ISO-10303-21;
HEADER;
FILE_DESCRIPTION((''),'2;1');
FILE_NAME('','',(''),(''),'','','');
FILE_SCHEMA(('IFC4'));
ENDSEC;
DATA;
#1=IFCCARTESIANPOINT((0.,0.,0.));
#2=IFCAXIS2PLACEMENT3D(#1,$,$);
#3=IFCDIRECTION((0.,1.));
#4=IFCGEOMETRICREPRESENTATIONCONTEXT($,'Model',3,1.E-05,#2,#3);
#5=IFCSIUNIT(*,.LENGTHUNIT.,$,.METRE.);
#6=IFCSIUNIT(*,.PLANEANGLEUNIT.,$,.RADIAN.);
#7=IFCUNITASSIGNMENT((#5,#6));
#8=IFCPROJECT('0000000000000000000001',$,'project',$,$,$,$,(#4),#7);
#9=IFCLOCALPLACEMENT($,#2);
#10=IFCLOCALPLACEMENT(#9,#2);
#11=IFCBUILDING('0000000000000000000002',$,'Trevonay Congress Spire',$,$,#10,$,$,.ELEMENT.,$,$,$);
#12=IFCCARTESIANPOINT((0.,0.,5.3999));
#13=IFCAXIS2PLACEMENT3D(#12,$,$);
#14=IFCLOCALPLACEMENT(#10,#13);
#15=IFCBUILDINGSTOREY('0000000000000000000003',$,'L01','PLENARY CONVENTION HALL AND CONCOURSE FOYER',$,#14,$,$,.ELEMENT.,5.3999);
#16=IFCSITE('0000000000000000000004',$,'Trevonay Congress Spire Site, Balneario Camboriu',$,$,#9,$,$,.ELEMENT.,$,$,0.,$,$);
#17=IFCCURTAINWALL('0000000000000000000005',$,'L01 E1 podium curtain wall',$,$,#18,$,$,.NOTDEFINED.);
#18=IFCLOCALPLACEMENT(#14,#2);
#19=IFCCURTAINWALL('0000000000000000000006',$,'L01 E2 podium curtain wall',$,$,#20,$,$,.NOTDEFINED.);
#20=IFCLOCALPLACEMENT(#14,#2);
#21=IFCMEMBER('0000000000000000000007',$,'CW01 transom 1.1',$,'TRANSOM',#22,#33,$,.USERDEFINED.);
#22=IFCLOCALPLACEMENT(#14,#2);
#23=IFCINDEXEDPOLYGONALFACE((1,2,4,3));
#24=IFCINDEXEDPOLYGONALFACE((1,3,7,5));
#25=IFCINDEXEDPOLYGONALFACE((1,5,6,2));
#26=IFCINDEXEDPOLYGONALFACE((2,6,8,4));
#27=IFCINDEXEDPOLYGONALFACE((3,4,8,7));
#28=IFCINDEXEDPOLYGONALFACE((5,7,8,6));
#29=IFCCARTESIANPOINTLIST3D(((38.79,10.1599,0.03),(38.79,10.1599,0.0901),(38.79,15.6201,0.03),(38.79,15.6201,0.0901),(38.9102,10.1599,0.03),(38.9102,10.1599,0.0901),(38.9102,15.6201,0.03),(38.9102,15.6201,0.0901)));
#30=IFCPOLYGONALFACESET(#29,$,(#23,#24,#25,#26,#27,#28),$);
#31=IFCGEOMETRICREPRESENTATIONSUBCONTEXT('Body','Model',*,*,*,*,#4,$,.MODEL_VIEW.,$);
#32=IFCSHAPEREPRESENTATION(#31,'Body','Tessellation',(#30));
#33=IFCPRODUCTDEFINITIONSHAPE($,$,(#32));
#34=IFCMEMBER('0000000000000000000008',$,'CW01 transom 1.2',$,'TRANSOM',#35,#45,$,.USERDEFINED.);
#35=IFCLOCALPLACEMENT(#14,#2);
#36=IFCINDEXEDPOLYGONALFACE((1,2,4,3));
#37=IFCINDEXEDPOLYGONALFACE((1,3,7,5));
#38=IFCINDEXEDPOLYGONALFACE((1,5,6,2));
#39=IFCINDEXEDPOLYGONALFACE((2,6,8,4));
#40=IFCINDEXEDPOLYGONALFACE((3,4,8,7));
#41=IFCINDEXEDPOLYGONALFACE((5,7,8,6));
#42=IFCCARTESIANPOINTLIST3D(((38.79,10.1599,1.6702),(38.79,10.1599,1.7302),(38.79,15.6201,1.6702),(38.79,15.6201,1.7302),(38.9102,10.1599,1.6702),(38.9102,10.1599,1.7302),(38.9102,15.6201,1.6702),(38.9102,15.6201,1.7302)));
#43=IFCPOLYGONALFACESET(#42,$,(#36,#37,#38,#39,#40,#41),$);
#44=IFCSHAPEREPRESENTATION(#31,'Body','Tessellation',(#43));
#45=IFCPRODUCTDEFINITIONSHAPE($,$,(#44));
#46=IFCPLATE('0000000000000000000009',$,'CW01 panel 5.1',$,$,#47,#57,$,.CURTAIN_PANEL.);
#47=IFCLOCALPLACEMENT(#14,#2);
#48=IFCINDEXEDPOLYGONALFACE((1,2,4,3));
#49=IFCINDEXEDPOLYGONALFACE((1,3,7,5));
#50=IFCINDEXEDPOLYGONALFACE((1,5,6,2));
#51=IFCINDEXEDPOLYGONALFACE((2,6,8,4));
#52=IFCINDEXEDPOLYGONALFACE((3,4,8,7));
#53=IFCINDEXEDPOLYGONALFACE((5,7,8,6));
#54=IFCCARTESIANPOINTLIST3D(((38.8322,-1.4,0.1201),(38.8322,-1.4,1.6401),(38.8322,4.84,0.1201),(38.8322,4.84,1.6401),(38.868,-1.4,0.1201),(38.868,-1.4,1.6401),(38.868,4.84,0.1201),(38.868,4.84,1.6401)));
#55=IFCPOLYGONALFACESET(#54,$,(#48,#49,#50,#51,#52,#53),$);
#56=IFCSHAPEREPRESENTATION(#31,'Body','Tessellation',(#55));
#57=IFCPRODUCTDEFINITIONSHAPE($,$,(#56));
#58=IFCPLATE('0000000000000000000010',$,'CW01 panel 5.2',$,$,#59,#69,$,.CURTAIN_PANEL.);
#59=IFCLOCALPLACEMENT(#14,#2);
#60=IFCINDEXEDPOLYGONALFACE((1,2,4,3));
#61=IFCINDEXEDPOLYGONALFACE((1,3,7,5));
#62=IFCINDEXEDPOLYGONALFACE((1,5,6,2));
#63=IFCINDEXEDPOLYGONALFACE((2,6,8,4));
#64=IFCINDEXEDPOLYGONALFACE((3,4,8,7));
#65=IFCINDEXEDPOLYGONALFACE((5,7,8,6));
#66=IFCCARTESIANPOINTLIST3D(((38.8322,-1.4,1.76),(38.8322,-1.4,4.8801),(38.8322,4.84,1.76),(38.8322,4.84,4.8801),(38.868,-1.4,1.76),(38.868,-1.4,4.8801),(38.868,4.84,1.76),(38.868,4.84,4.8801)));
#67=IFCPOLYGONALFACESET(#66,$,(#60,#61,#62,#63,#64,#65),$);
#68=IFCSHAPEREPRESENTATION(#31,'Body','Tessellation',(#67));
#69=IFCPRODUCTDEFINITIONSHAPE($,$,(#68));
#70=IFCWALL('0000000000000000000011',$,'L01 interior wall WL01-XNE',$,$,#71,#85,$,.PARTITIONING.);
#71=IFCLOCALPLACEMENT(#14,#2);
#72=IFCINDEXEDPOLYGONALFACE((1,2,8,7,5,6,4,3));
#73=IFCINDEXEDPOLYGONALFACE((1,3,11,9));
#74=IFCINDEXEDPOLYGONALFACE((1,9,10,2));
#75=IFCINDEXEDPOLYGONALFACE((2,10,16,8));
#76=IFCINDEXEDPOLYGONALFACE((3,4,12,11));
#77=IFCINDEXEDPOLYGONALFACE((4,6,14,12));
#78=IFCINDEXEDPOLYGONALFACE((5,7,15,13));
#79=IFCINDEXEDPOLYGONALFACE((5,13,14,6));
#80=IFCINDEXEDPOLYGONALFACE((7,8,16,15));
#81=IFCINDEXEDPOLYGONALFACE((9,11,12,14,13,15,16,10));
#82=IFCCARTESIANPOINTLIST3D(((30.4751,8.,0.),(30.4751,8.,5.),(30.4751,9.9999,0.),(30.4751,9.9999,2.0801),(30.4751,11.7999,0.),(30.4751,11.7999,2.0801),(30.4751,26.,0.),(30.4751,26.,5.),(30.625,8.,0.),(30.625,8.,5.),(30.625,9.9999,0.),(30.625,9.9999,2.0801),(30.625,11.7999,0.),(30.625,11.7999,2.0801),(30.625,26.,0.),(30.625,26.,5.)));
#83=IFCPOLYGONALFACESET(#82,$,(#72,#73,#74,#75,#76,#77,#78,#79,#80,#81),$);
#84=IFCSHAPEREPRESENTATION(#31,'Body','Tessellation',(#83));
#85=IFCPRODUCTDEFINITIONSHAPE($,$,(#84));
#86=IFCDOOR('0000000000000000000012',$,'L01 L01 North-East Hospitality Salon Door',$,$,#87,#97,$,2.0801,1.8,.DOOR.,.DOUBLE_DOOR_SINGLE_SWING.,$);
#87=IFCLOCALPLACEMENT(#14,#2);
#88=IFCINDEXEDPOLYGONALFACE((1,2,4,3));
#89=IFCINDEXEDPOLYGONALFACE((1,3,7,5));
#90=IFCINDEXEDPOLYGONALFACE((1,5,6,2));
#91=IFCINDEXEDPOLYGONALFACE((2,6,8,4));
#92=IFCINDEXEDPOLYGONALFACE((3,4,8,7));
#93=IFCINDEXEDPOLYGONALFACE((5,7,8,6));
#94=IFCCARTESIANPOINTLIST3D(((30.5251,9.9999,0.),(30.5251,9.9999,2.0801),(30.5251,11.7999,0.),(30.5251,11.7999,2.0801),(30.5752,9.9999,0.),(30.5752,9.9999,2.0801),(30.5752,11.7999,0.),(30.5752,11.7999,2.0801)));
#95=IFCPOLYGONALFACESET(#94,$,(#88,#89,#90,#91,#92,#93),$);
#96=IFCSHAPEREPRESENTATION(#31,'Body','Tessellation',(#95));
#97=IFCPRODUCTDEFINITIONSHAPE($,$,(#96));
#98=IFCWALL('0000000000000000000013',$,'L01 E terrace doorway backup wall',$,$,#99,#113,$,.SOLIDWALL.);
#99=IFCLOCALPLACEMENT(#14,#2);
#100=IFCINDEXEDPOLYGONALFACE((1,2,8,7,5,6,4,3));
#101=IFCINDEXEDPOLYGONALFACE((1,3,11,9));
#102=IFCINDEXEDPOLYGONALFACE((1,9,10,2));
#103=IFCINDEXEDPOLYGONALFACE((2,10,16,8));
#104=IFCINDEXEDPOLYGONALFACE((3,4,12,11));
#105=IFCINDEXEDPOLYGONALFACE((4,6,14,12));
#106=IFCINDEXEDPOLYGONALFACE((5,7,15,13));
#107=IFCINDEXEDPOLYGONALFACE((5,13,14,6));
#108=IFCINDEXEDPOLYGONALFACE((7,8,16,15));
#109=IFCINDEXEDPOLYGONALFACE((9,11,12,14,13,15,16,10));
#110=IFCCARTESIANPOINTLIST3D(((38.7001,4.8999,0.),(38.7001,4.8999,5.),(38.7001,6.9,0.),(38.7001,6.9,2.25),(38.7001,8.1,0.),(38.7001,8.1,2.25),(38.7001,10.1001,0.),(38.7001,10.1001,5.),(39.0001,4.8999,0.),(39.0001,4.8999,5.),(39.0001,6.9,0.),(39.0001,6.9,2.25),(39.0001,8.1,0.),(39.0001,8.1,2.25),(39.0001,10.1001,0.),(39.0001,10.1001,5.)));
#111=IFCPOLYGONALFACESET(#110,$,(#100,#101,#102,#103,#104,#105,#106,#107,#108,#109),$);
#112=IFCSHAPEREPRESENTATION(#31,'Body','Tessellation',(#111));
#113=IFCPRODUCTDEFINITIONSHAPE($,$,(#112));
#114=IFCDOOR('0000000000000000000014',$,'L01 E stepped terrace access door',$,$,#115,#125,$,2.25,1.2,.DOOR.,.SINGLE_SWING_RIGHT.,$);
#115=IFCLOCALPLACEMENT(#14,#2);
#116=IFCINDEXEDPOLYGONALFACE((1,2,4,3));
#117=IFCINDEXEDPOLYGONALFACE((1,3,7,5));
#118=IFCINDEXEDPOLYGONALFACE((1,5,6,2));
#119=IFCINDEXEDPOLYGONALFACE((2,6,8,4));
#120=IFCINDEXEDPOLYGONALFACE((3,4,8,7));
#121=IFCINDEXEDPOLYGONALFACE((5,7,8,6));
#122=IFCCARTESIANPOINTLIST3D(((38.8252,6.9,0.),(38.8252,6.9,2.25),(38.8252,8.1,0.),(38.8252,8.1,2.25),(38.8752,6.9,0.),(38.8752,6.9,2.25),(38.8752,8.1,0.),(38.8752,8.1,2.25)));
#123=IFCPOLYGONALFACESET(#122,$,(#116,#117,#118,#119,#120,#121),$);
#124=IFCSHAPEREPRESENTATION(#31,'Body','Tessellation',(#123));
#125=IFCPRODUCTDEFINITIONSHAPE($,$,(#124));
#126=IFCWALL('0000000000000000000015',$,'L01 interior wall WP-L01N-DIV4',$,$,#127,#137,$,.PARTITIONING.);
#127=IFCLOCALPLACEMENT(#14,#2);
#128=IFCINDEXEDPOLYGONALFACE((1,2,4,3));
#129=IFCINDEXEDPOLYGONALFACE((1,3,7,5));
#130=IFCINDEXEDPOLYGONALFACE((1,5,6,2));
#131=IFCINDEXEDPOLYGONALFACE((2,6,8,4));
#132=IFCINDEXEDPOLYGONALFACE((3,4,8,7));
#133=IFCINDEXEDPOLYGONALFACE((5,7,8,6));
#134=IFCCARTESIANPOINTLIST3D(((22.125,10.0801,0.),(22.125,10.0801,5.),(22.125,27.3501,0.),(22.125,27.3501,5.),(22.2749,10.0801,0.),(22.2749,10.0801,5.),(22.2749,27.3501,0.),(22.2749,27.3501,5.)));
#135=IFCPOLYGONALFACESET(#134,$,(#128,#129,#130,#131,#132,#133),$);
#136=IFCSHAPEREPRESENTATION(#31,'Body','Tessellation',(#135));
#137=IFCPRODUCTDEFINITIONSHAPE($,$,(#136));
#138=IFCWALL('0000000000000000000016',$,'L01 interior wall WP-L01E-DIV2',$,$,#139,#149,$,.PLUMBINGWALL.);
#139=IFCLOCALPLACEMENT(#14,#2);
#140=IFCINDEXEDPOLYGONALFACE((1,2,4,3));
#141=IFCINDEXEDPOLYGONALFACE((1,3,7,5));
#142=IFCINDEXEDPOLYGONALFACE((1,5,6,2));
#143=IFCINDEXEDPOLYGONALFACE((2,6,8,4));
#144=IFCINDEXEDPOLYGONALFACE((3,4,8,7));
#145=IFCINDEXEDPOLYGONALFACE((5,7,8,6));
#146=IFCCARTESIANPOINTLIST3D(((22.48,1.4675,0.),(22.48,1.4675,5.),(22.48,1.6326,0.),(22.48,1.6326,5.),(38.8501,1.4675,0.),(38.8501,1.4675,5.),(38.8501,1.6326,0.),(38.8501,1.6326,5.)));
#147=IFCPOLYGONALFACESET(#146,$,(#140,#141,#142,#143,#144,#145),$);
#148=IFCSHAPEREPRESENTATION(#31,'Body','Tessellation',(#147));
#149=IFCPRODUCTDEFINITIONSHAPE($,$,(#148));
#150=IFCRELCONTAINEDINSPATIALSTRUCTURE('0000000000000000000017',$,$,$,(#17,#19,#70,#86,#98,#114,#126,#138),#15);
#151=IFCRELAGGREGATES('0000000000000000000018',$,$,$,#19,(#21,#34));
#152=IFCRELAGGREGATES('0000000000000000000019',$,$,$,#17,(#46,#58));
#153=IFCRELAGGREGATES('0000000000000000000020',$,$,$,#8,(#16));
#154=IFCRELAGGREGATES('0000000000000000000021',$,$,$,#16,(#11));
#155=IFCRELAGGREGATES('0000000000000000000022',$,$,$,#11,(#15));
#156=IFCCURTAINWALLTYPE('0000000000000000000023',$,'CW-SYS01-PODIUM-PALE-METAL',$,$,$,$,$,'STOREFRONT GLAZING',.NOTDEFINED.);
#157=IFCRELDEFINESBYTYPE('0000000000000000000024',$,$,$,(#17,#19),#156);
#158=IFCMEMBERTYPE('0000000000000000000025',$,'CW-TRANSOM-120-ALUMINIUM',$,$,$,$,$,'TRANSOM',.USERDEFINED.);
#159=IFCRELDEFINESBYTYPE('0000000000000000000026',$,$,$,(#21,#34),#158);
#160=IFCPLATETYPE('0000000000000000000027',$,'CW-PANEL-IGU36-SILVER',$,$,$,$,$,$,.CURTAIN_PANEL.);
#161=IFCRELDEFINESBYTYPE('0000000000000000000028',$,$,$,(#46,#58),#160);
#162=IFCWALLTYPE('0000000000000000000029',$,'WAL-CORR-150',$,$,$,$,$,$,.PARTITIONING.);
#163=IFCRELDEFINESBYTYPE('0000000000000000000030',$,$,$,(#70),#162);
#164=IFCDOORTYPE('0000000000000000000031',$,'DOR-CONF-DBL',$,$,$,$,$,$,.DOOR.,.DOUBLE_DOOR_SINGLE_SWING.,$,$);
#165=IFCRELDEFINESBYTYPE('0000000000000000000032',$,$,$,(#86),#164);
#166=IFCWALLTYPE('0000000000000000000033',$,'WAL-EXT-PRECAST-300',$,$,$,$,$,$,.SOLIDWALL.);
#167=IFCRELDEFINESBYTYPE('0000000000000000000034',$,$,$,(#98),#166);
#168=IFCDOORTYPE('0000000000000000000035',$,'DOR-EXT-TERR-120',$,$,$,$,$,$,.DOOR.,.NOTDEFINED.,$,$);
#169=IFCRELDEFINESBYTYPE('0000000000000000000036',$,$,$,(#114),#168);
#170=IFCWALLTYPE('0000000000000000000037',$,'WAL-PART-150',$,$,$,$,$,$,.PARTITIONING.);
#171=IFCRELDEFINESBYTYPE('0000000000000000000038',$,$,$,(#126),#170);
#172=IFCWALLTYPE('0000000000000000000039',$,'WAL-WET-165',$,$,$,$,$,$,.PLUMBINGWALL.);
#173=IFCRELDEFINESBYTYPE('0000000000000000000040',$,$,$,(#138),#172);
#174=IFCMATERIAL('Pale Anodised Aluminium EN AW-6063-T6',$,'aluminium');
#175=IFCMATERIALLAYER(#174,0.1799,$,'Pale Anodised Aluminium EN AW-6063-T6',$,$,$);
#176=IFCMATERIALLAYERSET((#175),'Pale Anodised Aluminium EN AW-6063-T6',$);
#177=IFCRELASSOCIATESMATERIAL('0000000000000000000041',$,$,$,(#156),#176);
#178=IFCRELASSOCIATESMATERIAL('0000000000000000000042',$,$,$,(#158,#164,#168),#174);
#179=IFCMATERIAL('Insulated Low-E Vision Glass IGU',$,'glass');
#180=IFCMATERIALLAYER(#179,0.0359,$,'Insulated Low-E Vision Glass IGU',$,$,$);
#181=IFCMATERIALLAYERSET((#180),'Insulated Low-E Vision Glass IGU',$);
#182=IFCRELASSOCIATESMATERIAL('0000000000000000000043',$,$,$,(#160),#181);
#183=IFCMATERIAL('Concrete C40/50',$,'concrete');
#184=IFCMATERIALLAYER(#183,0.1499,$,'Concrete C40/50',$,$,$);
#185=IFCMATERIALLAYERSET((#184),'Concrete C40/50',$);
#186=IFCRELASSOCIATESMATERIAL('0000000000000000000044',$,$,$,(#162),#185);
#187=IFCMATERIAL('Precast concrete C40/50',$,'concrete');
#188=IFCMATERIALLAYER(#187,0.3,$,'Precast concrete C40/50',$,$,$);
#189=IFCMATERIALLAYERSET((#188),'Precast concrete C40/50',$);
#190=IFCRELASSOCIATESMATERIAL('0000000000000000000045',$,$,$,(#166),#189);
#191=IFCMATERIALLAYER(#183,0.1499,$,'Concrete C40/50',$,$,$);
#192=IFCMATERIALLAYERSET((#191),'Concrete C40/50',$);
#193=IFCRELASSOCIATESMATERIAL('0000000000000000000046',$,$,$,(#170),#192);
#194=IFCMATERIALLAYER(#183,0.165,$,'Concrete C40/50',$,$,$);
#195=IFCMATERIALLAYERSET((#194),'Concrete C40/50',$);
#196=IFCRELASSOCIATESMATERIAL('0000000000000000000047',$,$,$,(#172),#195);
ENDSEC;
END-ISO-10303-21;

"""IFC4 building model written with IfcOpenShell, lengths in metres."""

from ifc_helpers import new_model, si_unit, direction, frame, frame_2d, origin, origin_2d, place, context, subcontext, project, spatial, rectangle, extrude, material, layer, layer_set, material_profile, profile_set, type_object, element, fill, aggregate, save


model = new_model("IFC4")

# Units and contexts
model_context = context("Model", 3, precision=1e-05, world=origin(), true_north=direction((0.0, 1.0)))
body_context = subcontext(model_context, "Body", "Model", "MODEL_VIEW")
ifc_project = project(units=[si_unit("LENGTHUNIT", "METRE"), si_unit("PLANEANGLEUNIT", "RADIAN")], contexts=[model_context])

# Site, building, storey
site_placement = place(None, origin())
site = spatial("IfcSite", under=ifc_project, at=site_placement, Name="Trevonay Congress Spire Site, Balneario Camboriu", CompositionType="ELEMENT", RefElevation=0.0)
building_placement = place(site_placement, origin())
building = spatial("IfcBuilding", under=site, at=building_placement, Name="Trevonay Congress Spire", CompositionType="ELEMENT")
storey_placement = place(building_placement, frame((0.0, 0.0, 5.3999)))
storey = spatial("IfcBuildingStorey", under=building, at=storey_placement, Name="L01", Description="PLENARY CONVENTION HALL AND CONCOURSE FOYER", CompositionType="ELEMENT", Elevation=5.3999)

# Curtain wall
ifc_material_1 = material(Name="Pale Anodised Aluminium EN AW-6063-T6", Category="aluminium")
ifc_layer_1 = layer(ifc_material_1, 0.1799, Name="Pale Anodised Aluminium EN AW-6063-T6")
ifc_layer_set_1 = layer_set([ifc_layer_1], Name="Pale Anodised Aluminium EN AW-6063-T6")
curtain_wall_type = type_object("IfcCurtainWallType", Name="CW-SYS01-PODIUM-PALE-METAL", ElementType="STOREFRONT GLAZING", PredefinedType="NOTDEFINED", material=ifc_layer_set_1)
curtain_wall_1_placement = place(storey_placement, origin())
curtain_wall_1 = element("IfcCurtainWall", 1, at=curtain_wall_1_placement, inside=storey, type_object=curtain_wall_type, Name="L01 E1 podium curtain wall", PredefinedType="NOTDEFINED")

# Curtain wall, members
curtain_wall_2_placement = place(storey_placement, origin())
curtain_wall_2 = element("IfcCurtainWall", 2, at=curtain_wall_2_placement, inside=storey, type_object=curtain_wall_type, Name="L01 E2 podium curtain wall", PredefinedType="NOTDEFINED")
ifc_material_profile_1 = material_profile(ifc_material_1, rectangle(XDim=0.1201, YDim=0.0601, at=origin_2d()), Name="CW-TRANSOM-120-ALUMINIUM")
ifc_profile_set_1 = profile_set([ifc_material_profile_1], Name="Pale Anodised Aluminium EN AW-6063-T6")
member_type_1 = type_object("IfcMemberType", Name="CW-TRANSOM-120-ALUMINIUM", ElementType="TRANSOM", PredefinedType="USERDEFINED", material=ifc_profile_set_1)
member_1_placement = place(storey_placement, frame((38.8501, 10.1599, 0.0601), z_axis=(0.0, 1.0, 0.0), x_axis=(-1.0, 0.0, 0.0)))
member_1 = element("IfcMember", 3, at=member_1_placement, type_object=member_type_1, Name="CW01 transom 1.1", ObjectType="TRANSOM", PredefinedType="USERDEFINED", context=body_context, shape_type="SweptSolid", body=[
    extrude(rectangle(XDim=0.1201, YDim=0.0601, at=origin_2d()), origin(), (0.0, 0.0, 1.0), 5.4602),
])
member_2_placement = place(storey_placement, frame((38.8501, 10.1599, 1.7002), z_axis=(0.0, 1.0, 0.0), x_axis=(-1.0, 0.0, 0.0)))
member_2 = element("IfcMember", 4, at=member_2_placement, type_object=member_type_1, Name="CW01 transom 1.2", ObjectType="TRANSOM", PredefinedType="USERDEFINED", context=body_context, shape_type="SweptSolid", body=[
    extrude(rectangle(XDim=0.1201, YDim=0.0601, at=origin_2d()), origin(), (0.0, 0.0, 1.0), 5.4602),
])
aggregate(curtain_wall_2, [member_1, member_2])

# Plates
ifc_material_2 = material(Name="Insulated Low-E Vision Glass IGU", Category="glass")
ifc_layer_2 = layer(ifc_material_2, 0.0359, Name="Insulated Low-E Vision Glass IGU")
ifc_layer_set_2 = layer_set([ifc_layer_2], Name="Insulated Low-E Vision Glass IGU")
plate_type = type_object("IfcPlateType", Name="CW-PANEL-IGU36-SILVER", PredefinedType="CURTAIN_PANEL", material=ifc_layer_set_2)
plate_1_placement = place(storey_placement, frame((38.8501, 1.72, 0.1201), z_axis=(0.0, 0.0, 1.0), x_axis=(0.0, 1.0, 0.0)))
plate_1 = element("IfcPlate", 5, at=plate_1_placement, type_object=plate_type, Name="CW01 panel 5.1", PredefinedType="CURTAIN_PANEL", context=body_context, shape_type="SweptSolid", body=[
    extrude(rectangle(XDim=6.24, YDim=0.0359, at=origin_2d()), origin(), (0.0, 0.0, 1.0), 1.52),
])
plate_2_placement = place(storey_placement, frame((38.8501, 1.72, 1.76), z_axis=(0.0, 0.0, 1.0), x_axis=(0.0, 1.0, 0.0)))
plate_2 = element("IfcPlate", 6, at=plate_2_placement, type_object=plate_type, Name="CW01 panel 5.2", PredefinedType="CURTAIN_PANEL", context=body_context, shape_type="SweptSolid", body=[
    extrude(rectangle(XDim=6.24, YDim=0.0359, at=origin_2d()), origin(), (0.0, 0.0, 1.0), 3.1201),
])
aggregate(curtain_wall_1, [plate_1, plate_2])

# Walls, openings, doors
ifc_material_3 = material(Name="Concrete C40/50", Category="concrete")
ifc_layer_3 = layer(ifc_material_3, 0.1499, Name="Concrete C40/50")
ifc_layer_set_3 = layer_set([ifc_layer_3], Name="Concrete C40/50")
wall_type_1 = type_object("IfcWallType", Name="WAL-CORR-150", PredefinedType="PARTITIONING", material=ifc_layer_set_3)
wall_1_placement = place(storey_placement, frame((30.55, 8.0, 0.0), z_axis=(0.0, 0.0, 1.0), x_axis=(0.0, 1.0, 0.0)))
wall_1 = element("IfcWall", 7, at=wall_1_placement, inside=storey, type_object=wall_type_1, Name="L01 interior wall WL01-XNE", PredefinedType="PARTITIONING", context=body_context, shape_type="SweptSolid", body=[
    extrude(rectangle(XDim=18.0, YDim=0.1499, at=frame_2d((9.0, 0.0))), origin(), (0.0, 0.0, 1.0), 5.0),
])
opening_1_placement = place(wall_1_placement, frame((2.0, 0.0, 0.0)))
opening_1 = element("IfcOpeningElement", 8, at=opening_1_placement, cuts=wall_1, PredefinedType="OPENING", context=body_context, shape_type="SweptSolid", body=[
    extrude(rectangle(XDim=1.8, YDim=2.0801, at=frame_2d((0.8999, 1.04))), frame((0.0, 0.085, 0.0), z_axis=(0.0, -1.0, 0.0), x_axis=(1.0, 0.0, 0.0)), (0.0, 0.0, 1.0), 0.1699),
])
door_type_1 = type_object("IfcDoorType", Name="DOR-CONF-DBL", OperationType="DOUBLE_DOOR_SINGLE_SWING", PredefinedType="DOOR", material=ifc_material_1)
door_1_placement = place(opening_1_placement, origin())
door_1 = element("IfcDoor", 9, at=door_1_placement, inside=storey, type_object=door_type_1, Name="L01 L01 North-East Hospitality Salon Door", OperationType="DOUBLE_DOOR_SINGLE_SWING", OverallHeight=2.0801, OverallWidth=1.8, PredefinedType="DOOR", context=body_context, shape_type="SweptSolid", body=[
    extrude(rectangle(XDim=1.8, YDim=2.0801, at=frame_2d((0.8999, 1.04))), frame((0.0, 0.0249, 0.0), z_axis=(0.0, -1.0, 0.0), x_axis=(1.0, 0.0, 0.0)), (0.0, 0.0, 1.0), 0.05),
])
fill(opening_1, door_1)
ifc_material_4 = material(Name="Precast concrete C40/50", Category="concrete")
ifc_layer_4 = layer(ifc_material_4, 0.3, Name="Precast concrete C40/50")
ifc_layer_set_4 = layer_set([ifc_layer_4], Name="Precast concrete C40/50")
wall_type_2 = type_object("IfcWallType", Name="WAL-EXT-PRECAST-300", PredefinedType="SOLIDWALL", material=ifc_layer_set_4)
wall_2_placement = place(storey_placement, frame((38.8501, 4.8999, 0.0), z_axis=(0.0, 0.0, 1.0), x_axis=(0.0, 1.0, 0.0)))
wall_2 = element("IfcWall", 10, at=wall_2_placement, inside=storey, type_object=wall_type_2, Name="L01 E terrace doorway backup wall", PredefinedType="SOLIDWALL", context=body_context, shape_type="SweptSolid", body=[
    extrude(rectangle(XDim=5.2002, YDim=0.3, at=frame_2d((2.6001, 0.0))), origin(), (0.0, 0.0, 1.0), 5.0),
])
opening_2_placement = place(wall_2_placement, frame((2.0, 0.0, 0.0)))
opening_2 = element("IfcOpeningElement", 11, at=opening_2_placement, cuts=wall_2, PredefinedType="OPENING", context=body_context, shape_type="SweptSolid", body=[
    extrude(rectangle(XDim=1.2, YDim=2.25, at=frame_2d((0.6001, 1.125))), frame((0.0, 0.1602, 0.0), z_axis=(0.0, -1.0, 0.0), x_axis=(1.0, 0.0, 0.0)), (0.0, 0.0, 1.0), 0.3201),
])
door_type_2 = type_object("IfcDoorType", Name="DOR-EXT-TERR-120", OperationType="NOTDEFINED", PredefinedType="DOOR", material=ifc_material_1)
door_2_placement = place(opening_2_placement, origin())
door_2 = element("IfcDoor", 12, at=door_2_placement, inside=storey, type_object=door_type_2, Name="L01 E stepped terrace access door", OperationType="SINGLE_SWING_RIGHT", OverallHeight=2.25, OverallWidth=1.2, PredefinedType="DOOR", context=body_context, shape_type="SweptSolid", body=[
    extrude(rectangle(XDim=1.2, YDim=2.25, at=frame_2d((0.6001, 1.125))), frame((0.0, 0.0249, 0.0), z_axis=(0.0, -1.0, 0.0), x_axis=(1.0, 0.0, 0.0)), (0.0, 0.0, 1.0), 0.05),
])
fill(opening_2, door_2)

# Walls
ifc_layer_5 = layer(ifc_material_3, 0.1499, Name="Concrete C40/50")
ifc_layer_set_5 = layer_set([ifc_layer_5], Name="Concrete C40/50")
wall_type_3 = type_object("IfcWallType", Name="WAL-PART-150", PredefinedType="PARTITIONING", material=ifc_layer_set_5)
wall_3_placement = place(storey_placement, frame((22.2, 10.0801, 0.0), z_axis=(0.0, 0.0, 1.0), x_axis=(0.0, 1.0, 0.0)))
element("IfcWall", 13, at=wall_3_placement, inside=storey, type_object=wall_type_3, Name="L01 interior wall WP-L01N-DIV4", PredefinedType="PARTITIONING", context=body_context, shape_type="SweptSolid", body=[
    extrude(rectangle(XDim=17.27, YDim=0.1499, at=frame_2d((8.635, 0.0))), origin(), (0.0, 0.0, 1.0), 5.0),
])
ifc_layer_6 = layer(ifc_material_3, 0.165, Name="Concrete C40/50")
ifc_layer_set_6 = layer_set([ifc_layer_6], Name="Concrete C40/50")
wall_type_4 = type_object("IfcWallType", Name="WAL-WET-165", PredefinedType="PLUMBINGWALL", material=ifc_layer_set_6)
wall_4_placement = place(storey_placement, frame((22.48, 1.55, 0.0), z_axis=(0.0, 0.0, 1.0), x_axis=(1.0, 0.0, 0.0)))
element("IfcWall", 14, at=wall_4_placement, inside=storey, type_object=wall_type_4, Name="L01 interior wall WP-L01E-DIV2", PredefinedType="PLUMBINGWALL", context=body_context, shape_type="SweptSolid", body=[
    extrude(rectangle(XDim=16.3701, YDim=0.165, at=frame_2d((8.1851, 0.0))), origin(), (0.0, 0.0, 1.0), 5.0),
])

save(model, "model.ifc")
